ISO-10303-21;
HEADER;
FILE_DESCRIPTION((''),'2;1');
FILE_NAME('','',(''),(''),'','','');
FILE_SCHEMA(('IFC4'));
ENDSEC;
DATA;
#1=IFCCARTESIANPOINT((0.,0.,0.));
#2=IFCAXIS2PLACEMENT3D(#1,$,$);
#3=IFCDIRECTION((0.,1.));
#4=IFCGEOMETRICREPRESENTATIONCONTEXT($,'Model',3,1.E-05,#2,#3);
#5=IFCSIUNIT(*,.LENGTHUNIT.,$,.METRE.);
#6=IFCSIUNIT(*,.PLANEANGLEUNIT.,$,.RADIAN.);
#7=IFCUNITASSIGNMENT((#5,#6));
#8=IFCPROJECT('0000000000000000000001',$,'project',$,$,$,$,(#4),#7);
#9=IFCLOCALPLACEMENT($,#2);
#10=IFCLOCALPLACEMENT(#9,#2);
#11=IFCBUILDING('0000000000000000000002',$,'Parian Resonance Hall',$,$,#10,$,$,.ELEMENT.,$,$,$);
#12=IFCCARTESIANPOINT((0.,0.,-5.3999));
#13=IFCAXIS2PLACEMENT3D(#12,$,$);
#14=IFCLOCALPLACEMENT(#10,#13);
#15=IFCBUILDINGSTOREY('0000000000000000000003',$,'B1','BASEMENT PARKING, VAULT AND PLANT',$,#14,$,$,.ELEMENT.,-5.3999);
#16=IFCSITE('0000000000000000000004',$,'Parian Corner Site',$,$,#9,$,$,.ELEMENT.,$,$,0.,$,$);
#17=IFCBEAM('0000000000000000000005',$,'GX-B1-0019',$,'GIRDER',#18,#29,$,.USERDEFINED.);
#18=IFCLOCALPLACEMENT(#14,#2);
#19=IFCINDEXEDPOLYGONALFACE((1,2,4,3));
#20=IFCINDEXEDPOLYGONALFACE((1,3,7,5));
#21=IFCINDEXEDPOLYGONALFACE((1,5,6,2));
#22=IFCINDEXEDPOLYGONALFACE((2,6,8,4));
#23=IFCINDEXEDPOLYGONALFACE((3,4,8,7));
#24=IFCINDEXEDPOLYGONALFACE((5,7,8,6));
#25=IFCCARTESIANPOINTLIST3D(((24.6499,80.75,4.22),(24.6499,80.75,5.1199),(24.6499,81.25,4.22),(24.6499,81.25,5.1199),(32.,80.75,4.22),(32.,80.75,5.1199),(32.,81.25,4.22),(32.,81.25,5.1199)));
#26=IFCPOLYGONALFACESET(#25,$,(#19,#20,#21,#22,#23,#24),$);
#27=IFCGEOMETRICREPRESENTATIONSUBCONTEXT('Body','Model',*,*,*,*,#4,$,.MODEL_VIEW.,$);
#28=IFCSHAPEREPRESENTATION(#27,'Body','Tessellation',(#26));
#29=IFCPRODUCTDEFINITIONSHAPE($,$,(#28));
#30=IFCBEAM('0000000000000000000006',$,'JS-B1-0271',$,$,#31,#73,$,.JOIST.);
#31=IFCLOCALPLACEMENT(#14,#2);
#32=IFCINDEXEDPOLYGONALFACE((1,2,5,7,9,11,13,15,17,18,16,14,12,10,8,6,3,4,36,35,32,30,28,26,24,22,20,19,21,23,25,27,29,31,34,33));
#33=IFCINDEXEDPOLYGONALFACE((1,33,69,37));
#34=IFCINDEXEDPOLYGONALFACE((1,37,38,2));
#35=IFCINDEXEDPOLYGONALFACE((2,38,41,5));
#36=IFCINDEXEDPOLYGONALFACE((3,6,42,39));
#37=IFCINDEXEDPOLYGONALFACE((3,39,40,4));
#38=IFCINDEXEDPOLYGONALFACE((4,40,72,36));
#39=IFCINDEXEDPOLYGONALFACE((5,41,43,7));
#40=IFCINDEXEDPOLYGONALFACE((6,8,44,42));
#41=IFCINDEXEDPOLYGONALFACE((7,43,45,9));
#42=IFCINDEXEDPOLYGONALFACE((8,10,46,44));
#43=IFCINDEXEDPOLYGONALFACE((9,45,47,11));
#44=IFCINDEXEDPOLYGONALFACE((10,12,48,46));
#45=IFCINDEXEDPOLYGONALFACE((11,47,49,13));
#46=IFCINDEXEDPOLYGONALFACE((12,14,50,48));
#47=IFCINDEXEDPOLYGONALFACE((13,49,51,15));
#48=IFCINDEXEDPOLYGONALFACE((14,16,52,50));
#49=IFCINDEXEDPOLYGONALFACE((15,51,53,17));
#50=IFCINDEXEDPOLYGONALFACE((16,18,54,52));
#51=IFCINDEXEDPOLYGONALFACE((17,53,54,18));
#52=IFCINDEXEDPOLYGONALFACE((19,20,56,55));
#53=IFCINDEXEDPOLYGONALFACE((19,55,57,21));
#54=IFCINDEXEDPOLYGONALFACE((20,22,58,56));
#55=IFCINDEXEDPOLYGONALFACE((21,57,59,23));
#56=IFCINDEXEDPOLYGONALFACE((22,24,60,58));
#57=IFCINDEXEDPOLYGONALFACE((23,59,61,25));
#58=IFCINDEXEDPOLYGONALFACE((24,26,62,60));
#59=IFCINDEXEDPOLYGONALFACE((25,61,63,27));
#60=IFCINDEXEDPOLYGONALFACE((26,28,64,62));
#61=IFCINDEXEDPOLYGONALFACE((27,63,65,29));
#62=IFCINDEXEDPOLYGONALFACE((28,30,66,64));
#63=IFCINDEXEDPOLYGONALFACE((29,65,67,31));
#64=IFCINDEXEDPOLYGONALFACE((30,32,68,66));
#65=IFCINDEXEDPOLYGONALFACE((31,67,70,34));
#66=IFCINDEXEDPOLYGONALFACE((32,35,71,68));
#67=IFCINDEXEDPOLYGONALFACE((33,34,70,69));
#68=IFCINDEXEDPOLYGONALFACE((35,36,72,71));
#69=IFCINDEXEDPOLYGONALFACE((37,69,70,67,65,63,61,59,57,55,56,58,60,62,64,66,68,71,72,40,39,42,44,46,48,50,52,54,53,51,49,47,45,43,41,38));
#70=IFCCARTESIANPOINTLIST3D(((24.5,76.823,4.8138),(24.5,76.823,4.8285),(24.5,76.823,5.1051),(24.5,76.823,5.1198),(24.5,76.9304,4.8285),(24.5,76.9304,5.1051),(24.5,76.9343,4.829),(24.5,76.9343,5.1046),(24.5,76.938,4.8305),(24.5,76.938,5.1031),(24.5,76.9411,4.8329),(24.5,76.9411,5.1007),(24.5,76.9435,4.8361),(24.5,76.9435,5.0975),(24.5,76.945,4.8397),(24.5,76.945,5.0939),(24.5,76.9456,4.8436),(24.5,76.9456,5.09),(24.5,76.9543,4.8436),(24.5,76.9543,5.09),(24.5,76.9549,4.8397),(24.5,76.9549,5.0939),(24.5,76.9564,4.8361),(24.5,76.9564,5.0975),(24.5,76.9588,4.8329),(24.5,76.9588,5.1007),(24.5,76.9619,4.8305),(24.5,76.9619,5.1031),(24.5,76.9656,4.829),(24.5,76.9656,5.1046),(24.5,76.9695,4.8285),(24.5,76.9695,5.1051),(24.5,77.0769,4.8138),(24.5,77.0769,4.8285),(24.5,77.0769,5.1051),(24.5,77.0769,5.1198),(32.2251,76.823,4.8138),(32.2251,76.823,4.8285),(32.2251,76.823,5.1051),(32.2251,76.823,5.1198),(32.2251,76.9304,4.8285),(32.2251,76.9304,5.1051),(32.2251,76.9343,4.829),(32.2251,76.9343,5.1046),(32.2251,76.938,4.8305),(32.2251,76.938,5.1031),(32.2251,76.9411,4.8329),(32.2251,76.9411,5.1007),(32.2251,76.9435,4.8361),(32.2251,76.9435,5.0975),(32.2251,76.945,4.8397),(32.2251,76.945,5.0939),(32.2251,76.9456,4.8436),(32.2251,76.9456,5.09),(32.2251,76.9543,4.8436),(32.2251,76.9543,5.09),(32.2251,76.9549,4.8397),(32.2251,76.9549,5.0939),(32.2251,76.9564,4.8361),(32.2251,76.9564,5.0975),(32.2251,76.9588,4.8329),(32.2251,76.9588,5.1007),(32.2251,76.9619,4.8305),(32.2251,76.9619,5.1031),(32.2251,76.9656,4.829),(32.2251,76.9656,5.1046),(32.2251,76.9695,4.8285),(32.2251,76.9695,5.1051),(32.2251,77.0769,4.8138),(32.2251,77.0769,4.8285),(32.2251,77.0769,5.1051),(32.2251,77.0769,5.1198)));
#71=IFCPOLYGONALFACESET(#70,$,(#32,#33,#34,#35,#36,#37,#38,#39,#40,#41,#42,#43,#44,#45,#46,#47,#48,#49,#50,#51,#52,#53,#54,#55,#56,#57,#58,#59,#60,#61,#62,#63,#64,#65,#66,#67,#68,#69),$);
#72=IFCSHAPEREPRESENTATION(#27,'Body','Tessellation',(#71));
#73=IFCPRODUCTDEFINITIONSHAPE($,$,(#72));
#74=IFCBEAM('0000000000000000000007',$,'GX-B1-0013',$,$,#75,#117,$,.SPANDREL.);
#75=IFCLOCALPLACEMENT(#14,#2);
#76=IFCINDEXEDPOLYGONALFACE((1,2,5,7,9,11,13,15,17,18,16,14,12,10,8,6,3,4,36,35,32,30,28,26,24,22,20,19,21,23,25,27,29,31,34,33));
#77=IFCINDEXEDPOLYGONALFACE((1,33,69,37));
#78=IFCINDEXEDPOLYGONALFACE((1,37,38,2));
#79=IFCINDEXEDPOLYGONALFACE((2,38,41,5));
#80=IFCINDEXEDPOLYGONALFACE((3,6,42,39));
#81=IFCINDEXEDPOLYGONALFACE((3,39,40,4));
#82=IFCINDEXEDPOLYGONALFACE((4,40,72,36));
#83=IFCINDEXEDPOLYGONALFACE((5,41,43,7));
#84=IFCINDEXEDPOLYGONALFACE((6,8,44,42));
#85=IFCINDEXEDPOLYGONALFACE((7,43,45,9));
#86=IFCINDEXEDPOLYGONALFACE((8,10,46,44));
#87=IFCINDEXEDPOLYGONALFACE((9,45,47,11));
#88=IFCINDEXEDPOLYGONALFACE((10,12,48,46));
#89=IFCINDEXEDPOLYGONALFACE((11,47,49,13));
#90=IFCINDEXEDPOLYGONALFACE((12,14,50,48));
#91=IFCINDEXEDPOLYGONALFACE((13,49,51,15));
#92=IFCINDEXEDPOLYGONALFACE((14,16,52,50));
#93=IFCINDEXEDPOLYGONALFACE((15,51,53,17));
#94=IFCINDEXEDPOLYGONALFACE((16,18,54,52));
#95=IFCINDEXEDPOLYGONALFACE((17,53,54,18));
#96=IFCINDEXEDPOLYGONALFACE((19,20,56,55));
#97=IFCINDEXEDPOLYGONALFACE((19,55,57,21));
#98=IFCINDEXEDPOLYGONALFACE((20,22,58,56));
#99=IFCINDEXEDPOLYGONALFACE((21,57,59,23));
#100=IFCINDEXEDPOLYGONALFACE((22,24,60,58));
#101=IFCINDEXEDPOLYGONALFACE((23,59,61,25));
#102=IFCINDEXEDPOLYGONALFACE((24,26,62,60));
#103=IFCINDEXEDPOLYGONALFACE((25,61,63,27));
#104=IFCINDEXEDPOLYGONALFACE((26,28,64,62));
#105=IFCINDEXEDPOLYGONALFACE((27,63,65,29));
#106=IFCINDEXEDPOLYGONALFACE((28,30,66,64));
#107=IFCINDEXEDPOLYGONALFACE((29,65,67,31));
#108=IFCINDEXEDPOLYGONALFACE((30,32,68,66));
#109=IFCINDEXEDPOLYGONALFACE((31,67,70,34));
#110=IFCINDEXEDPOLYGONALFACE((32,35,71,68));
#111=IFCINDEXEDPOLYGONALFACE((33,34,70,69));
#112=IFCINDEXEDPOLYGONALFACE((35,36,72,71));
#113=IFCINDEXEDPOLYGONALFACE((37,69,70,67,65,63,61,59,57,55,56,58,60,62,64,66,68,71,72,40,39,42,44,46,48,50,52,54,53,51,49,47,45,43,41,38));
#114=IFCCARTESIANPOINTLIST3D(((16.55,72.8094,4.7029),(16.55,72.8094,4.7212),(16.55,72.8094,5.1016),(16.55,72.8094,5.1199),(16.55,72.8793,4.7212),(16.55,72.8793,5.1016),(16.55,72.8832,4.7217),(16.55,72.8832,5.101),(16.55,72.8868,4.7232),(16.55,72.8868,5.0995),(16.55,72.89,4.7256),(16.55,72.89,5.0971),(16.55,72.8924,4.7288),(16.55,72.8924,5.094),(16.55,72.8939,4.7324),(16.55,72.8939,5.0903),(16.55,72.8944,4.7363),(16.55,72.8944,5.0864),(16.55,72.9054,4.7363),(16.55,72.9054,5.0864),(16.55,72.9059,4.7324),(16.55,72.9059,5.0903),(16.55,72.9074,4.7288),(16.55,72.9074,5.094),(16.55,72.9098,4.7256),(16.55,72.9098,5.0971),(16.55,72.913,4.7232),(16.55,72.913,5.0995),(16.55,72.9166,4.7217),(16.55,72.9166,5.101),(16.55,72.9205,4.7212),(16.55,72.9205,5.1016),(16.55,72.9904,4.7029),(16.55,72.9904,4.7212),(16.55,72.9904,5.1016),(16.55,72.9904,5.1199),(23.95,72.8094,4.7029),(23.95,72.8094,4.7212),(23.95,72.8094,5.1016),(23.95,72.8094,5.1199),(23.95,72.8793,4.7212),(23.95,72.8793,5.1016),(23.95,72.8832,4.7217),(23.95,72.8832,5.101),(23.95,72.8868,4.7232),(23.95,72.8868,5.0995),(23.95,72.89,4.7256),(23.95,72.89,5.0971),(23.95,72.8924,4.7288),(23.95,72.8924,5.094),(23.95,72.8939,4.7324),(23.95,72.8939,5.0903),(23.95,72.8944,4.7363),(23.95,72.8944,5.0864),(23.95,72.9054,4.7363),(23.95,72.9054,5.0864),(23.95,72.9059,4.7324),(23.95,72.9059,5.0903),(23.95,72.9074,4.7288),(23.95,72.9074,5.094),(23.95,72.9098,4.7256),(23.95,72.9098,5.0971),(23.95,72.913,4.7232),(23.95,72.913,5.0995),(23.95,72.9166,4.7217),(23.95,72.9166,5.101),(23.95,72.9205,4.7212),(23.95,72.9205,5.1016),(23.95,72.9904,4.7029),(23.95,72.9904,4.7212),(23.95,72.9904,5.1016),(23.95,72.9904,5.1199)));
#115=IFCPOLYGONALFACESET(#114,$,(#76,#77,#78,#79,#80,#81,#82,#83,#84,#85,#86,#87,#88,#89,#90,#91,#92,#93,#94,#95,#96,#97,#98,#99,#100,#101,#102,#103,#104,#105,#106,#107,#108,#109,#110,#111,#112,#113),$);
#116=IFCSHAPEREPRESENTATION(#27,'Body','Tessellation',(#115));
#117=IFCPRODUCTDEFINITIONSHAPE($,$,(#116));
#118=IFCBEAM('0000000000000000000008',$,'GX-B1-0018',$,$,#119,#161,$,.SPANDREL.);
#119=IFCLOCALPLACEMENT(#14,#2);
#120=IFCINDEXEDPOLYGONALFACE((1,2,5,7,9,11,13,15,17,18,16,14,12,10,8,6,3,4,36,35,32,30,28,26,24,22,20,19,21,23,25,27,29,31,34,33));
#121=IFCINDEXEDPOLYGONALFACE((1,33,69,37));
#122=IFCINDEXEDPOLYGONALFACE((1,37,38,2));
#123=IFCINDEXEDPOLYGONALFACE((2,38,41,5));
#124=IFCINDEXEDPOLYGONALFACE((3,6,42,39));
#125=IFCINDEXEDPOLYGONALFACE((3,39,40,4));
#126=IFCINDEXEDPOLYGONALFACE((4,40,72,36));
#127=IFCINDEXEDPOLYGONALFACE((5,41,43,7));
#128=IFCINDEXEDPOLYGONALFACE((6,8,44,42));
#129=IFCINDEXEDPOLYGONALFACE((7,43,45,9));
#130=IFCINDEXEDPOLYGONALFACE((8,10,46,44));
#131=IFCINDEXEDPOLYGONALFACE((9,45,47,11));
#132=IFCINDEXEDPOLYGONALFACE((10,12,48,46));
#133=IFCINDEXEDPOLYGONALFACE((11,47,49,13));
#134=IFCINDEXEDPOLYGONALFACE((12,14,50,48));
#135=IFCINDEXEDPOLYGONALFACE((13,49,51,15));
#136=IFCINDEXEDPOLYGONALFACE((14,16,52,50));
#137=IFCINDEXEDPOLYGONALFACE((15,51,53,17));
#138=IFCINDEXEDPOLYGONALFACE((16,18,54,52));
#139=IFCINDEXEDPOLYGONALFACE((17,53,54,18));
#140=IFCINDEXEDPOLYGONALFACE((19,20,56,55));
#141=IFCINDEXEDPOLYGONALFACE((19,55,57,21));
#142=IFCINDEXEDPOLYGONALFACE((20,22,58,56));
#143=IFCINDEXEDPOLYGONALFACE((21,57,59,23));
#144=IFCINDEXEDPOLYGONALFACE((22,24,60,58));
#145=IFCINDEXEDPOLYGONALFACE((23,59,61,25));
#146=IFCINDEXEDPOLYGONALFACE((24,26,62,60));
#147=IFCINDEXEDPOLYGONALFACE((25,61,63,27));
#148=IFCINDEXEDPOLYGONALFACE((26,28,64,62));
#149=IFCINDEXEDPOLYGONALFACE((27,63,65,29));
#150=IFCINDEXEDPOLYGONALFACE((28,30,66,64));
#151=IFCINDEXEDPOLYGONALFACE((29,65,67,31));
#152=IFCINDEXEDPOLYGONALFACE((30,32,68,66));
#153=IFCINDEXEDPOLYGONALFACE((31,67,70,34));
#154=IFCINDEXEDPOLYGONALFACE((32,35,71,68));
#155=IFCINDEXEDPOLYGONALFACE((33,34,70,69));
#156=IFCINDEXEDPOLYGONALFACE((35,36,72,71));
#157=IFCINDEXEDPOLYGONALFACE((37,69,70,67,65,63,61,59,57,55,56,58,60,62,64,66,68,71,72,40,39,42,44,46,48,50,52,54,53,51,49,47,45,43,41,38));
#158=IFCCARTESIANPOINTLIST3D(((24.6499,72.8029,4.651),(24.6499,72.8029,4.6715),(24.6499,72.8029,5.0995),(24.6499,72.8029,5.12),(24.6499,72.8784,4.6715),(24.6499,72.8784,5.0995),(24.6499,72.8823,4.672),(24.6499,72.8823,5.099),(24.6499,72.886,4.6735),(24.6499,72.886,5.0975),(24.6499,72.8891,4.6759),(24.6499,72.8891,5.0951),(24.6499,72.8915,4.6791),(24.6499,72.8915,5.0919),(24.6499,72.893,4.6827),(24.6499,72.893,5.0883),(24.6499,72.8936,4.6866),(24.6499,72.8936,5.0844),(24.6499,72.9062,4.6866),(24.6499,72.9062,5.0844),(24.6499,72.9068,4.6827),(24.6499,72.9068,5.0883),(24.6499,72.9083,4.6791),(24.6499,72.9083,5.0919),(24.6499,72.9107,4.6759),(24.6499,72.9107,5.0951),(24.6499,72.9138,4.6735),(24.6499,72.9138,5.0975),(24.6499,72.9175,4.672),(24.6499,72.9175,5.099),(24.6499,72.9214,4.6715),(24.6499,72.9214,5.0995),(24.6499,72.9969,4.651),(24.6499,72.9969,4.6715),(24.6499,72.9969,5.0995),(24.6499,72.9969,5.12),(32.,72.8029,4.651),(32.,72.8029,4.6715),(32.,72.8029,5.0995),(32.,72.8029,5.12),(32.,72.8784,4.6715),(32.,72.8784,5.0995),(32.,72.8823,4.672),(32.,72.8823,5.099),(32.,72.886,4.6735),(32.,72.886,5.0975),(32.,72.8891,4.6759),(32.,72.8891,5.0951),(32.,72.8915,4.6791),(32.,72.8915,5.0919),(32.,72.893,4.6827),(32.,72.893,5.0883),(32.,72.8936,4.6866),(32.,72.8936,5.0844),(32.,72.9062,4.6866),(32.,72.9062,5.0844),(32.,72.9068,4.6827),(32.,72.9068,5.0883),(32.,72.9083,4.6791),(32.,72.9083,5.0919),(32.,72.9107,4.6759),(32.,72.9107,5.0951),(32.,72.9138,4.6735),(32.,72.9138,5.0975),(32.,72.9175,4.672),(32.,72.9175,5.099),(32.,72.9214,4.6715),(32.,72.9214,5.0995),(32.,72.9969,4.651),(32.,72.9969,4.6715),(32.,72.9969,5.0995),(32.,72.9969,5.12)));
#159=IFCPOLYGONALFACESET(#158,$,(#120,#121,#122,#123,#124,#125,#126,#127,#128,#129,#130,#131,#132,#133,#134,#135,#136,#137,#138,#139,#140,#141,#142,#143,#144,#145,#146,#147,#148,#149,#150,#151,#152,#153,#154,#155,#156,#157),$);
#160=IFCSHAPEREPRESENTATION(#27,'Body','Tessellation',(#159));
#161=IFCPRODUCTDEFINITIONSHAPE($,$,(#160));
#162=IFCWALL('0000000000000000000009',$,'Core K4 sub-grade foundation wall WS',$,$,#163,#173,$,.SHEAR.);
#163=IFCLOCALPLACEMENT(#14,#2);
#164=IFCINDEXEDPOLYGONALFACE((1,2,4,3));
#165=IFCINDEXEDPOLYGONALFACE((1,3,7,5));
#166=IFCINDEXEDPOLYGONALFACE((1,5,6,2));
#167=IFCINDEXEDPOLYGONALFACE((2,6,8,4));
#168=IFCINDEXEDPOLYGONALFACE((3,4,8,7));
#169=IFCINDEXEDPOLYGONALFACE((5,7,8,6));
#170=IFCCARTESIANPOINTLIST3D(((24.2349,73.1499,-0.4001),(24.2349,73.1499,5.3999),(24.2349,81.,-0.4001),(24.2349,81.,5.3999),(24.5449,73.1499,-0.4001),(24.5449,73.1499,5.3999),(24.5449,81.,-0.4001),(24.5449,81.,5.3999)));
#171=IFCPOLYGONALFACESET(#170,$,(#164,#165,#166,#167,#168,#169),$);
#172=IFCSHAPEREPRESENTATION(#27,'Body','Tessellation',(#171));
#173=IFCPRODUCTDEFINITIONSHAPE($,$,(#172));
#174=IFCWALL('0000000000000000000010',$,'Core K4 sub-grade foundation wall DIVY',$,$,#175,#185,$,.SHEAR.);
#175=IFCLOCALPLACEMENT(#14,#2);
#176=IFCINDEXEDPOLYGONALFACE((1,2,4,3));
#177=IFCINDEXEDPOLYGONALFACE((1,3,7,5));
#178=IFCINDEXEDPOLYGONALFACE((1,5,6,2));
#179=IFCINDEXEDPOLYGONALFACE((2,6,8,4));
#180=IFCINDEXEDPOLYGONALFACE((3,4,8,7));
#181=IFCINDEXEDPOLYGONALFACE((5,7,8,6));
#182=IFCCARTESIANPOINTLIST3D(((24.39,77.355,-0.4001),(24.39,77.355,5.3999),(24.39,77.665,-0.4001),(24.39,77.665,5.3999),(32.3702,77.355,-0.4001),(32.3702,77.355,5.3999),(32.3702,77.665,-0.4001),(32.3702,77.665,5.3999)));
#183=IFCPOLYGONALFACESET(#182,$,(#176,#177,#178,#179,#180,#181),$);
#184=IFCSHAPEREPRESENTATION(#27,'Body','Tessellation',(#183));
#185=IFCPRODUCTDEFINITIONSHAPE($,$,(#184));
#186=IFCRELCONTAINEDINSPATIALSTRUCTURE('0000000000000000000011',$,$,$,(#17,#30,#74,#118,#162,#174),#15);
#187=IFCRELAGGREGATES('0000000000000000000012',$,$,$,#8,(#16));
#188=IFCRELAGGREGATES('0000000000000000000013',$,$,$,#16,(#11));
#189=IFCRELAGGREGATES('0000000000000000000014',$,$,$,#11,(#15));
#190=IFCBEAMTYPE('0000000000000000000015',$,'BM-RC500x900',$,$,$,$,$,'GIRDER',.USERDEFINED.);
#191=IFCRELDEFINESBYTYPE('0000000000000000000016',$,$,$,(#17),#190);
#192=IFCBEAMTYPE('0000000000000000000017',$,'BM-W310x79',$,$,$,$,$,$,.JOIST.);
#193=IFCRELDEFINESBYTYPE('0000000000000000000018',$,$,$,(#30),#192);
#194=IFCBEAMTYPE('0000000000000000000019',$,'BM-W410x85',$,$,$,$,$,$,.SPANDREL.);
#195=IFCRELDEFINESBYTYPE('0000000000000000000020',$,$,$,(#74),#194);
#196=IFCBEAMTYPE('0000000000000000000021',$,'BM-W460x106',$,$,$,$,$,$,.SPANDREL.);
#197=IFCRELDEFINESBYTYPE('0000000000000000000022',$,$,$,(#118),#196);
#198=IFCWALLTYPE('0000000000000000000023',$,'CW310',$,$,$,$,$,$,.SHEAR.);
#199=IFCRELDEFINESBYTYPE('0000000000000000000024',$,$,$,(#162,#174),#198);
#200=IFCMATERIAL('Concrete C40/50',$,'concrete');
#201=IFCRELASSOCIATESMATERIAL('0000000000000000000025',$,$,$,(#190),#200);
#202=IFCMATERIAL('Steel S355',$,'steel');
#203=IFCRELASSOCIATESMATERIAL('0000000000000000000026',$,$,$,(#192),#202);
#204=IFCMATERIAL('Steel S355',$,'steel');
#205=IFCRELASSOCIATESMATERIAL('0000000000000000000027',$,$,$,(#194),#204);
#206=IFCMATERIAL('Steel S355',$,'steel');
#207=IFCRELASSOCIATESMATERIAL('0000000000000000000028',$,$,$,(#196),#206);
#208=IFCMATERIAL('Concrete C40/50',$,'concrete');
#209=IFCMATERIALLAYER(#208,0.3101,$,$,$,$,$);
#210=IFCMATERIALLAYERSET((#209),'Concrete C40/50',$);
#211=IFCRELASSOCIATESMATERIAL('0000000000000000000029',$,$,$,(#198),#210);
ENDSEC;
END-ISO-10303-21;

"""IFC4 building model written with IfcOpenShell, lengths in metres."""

from ifc_helpers import new_model, si_unit, direction, frame, frame_2d, origin, origin_2d, place, context, subcontext, project, spatial, rectangle, i_section, extrude, material, layer, layer_set, material_profile, profile_set, type_object, element, save


model = new_model("IFC4")

# Units and contexts
model_context = context("Model", 3, precision=1e-05, world=origin(), true_north=direction((0.0, 1.0)))
body_context = subcontext(model_context, "Body", "Model", "MODEL_VIEW")
ifc_project = project(units=[si_unit("LENGTHUNIT", "METRE"), si_unit("PLANEANGLEUNIT", "RADIAN")], contexts=[model_context])

# Site, building, storey
site_placement = place(None, origin())
site = spatial("IfcSite", under=ifc_project, at=site_placement, Name="Parian Corner Site", CompositionType="ELEMENT", RefElevation=0.0)
building_placement = place(site_placement, origin())
building = spatial("IfcBuilding", under=site, at=building_placement, Name="Parian Resonance Hall", CompositionType="ELEMENT")
storey_placement = place(building_placement, frame((0.0, 0.0, -5.3999)))
storey = spatial("IfcBuildingStorey", under=building, at=storey_placement, Name="B1", Description="BASEMENT PARKING, VAULT AND PLANT", CompositionType="ELEMENT", Elevation=-5.3999)

# Beams
ifc_material_1 = material(Name="Concrete C40/50", Category="concrete")
ifc_material_profile_1 = material_profile(ifc_material_1, rectangle(XDim=0.5, YDim=0.8999, at=origin_2d()), Name="RC-BM-500x900")
ifc_profile_set_1 = profile_set([ifc_material_profile_1], Name="Concrete C40/50")
beam_type_1 = type_object("IfcBeamType", Name="BM-RC500x900", ElementType="GIRDER", PredefinedType="USERDEFINED", material=ifc_profile_set_1)
beam_1_placement = place(storey_placement, frame((24.6499, 81.0, 4.6699), z_axis=(1.0, 0.0, 0.0), x_axis=(0.0, 1.0, 0.0)))
element("IfcBeam", 1, at=beam_1_placement, inside=storey, type_object=beam_type_1, Name="GX-B1-0019", ObjectType="GIRDER", PredefinedType="USERDEFINED", context=body_context, shape_type="SweptSolid", body=[
    extrude(rectangle(XDim=0.5, YDim=0.8999, at=origin_2d()), origin(), (0.0, 0.0, 1.0), 7.3501),
])
ifc_material_2 = material(Name="Steel S355", Category="steel")
ifc_material_profile_2 = material_profile(ifc_material_2, i_section(OverallWidth=0.2539, OverallDepth=0.3059, WebThickness=0.0088, FlangeThickness=0.0146, FilletRadius=0.0151, at=origin_2d()), Name="W310x79")
ifc_profile_set_2 = profile_set([ifc_material_profile_2], Name="Steel S355")
beam_type_2 = type_object("IfcBeamType", Name="BM-W310x79", PredefinedType="JOIST", material=ifc_profile_set_2)
beam_2_placement = place(storey_placement, frame((24.5, 76.95, 4.9668), z_axis=(1.0, 0.0, 0.0), x_axis=(0.0, 1.0, 0.0)))
element("IfcBeam", 2, at=beam_2_placement, inside=storey, type_object=beam_type_2, Name="JS-B1-0271", PredefinedType="JOIST", context=body_context, shape_type="SweptSolid", body=[
    extrude(i_section(OverallWidth=0.2539, OverallDepth=0.3059, WebThickness=0.0088, FlangeThickness=0.0146, FilletRadius=0.0151, at=origin_2d()), origin(), (0.0, 0.0, 1.0), 7.7251),
])
ifc_material_3 = material(Name="Steel S355", Category="steel")
ifc_material_profile_3 = material_profile(ifc_material_3, i_section(OverallWidth=0.1809, OverallDepth=0.417, WebThickness=0.011, FlangeThickness=0.0183, FilletRadius=0.0151, at=origin_2d()), Name="W410x85")
ifc_profile_set_3 = profile_set([ifc_material_profile_3], Name="Steel S355")
beam_type_3 = type_object("IfcBeamType", Name="BM-W410x85", PredefinedType="SPANDREL", material=ifc_profile_set_3)
beam_3_placement = place(storey_placement, frame((16.55, 72.8999, 4.9114), z_axis=(1.0, 0.0, 0.0), x_axis=(0.0, 1.0, 0.0)))
element("IfcBeam", 3, at=beam_3_placement, inside=storey, type_object=beam_type_3, Name="GX-B1-0013", PredefinedType="SPANDREL", context=body_context, shape_type="SweptSolid", body=[
    extrude(i_section(OverallWidth=0.1809, OverallDepth=0.417, WebThickness=0.011, FlangeThickness=0.0183, FilletRadius=0.0151, at=origin_2d()), origin(), (0.0, 0.0, 1.0), 7.3999),
])
ifc_material_4 = material(Name="Steel S355", Category="steel")
ifc_material_profile_4 = material_profile(ifc_material_4, i_section(OverallWidth=0.1941, OverallDepth=0.469, WebThickness=0.0127, FlangeThickness=0.0205, FilletRadius=0.0151, at=origin_2d()), Name="W460x106")
ifc_profile_set_4 = profile_set([ifc_material_profile_4], Name="Steel S355")
beam_type_4 = type_object("IfcBeamType", Name="BM-W460x106", PredefinedType="SPANDREL", material=ifc_profile_set_4)
beam_4_placement = place(storey_placement, frame((24.6499, 72.8999, 4.8855), z_axis=(1.0, 0.0, 0.0), x_axis=(0.0, 1.0, 0.0)))
element("IfcBeam", 4, at=beam_4_placement, inside=storey, type_object=beam_type_4, Name="GX-B1-0018", PredefinedType="SPANDREL", context=body_context, shape_type="SweptSolid", body=[
    extrude(i_section(OverallWidth=0.1941, OverallDepth=0.469, WebThickness=0.0127, FlangeThickness=0.0205, FilletRadius=0.0151, at=origin_2d()), origin(), (0.0, 0.0, 1.0), 7.3501),
])

# Walls
ifc_material_5 = material(Name="Concrete C40/50", Category="concrete")
ifc_layer = layer(ifc_material_5, 0.3101)
ifc_layer_set = layer_set([ifc_layer], Name="Concrete C40/50")
wall_type = type_object("IfcWallType", Name="CW310", PredefinedType="SHEAR", material=ifc_layer_set)
wall_placement = place(storey_placement, frame((24.3899, 73.1499, -0.4001), z_axis=(0.0, 0.0, 1.0), x_axis=(0.0, 1.0, 0.0)))
element("IfcWall", 5, at=wall_placement, inside=storey, type_object=wall_type, Name="Core K4 sub-grade foundation wall WS", PredefinedType="SHEAR", context=body_context, shape_type="SweptSolid", body=[
    extrude(rectangle(XDim=7.8501, YDim=0.3101, at=frame_2d((3.925, 0.0))), origin(), (0.0, 0.0, 1.0), 5.8),
])
for number, where, z_axis, x_axis, name in (
    (6, (24.3899, 77.51, -0.4001), (0.0, 0.0, 1.0), (1.0, 0.0, 0.0), "Core K4 sub-grade foundation wall DIVY"),
):
    element("IfcWall", number, at=place(storey_placement, frame(where, z_axis=z_axis, x_axis=x_axis)), inside=storey, type_object=wall_type, Name=name, PredefinedType="SHEAR", context=body_context, shape_type="SweptSolid", body=[
        extrude(rectangle(XDim=7.9802, YDim=0.3101, at=frame_2d((3.9902, 0.0))), origin(), (0.0, 0.0, 1.0), 5.8),
    ])

save(model, "model.ifc")
